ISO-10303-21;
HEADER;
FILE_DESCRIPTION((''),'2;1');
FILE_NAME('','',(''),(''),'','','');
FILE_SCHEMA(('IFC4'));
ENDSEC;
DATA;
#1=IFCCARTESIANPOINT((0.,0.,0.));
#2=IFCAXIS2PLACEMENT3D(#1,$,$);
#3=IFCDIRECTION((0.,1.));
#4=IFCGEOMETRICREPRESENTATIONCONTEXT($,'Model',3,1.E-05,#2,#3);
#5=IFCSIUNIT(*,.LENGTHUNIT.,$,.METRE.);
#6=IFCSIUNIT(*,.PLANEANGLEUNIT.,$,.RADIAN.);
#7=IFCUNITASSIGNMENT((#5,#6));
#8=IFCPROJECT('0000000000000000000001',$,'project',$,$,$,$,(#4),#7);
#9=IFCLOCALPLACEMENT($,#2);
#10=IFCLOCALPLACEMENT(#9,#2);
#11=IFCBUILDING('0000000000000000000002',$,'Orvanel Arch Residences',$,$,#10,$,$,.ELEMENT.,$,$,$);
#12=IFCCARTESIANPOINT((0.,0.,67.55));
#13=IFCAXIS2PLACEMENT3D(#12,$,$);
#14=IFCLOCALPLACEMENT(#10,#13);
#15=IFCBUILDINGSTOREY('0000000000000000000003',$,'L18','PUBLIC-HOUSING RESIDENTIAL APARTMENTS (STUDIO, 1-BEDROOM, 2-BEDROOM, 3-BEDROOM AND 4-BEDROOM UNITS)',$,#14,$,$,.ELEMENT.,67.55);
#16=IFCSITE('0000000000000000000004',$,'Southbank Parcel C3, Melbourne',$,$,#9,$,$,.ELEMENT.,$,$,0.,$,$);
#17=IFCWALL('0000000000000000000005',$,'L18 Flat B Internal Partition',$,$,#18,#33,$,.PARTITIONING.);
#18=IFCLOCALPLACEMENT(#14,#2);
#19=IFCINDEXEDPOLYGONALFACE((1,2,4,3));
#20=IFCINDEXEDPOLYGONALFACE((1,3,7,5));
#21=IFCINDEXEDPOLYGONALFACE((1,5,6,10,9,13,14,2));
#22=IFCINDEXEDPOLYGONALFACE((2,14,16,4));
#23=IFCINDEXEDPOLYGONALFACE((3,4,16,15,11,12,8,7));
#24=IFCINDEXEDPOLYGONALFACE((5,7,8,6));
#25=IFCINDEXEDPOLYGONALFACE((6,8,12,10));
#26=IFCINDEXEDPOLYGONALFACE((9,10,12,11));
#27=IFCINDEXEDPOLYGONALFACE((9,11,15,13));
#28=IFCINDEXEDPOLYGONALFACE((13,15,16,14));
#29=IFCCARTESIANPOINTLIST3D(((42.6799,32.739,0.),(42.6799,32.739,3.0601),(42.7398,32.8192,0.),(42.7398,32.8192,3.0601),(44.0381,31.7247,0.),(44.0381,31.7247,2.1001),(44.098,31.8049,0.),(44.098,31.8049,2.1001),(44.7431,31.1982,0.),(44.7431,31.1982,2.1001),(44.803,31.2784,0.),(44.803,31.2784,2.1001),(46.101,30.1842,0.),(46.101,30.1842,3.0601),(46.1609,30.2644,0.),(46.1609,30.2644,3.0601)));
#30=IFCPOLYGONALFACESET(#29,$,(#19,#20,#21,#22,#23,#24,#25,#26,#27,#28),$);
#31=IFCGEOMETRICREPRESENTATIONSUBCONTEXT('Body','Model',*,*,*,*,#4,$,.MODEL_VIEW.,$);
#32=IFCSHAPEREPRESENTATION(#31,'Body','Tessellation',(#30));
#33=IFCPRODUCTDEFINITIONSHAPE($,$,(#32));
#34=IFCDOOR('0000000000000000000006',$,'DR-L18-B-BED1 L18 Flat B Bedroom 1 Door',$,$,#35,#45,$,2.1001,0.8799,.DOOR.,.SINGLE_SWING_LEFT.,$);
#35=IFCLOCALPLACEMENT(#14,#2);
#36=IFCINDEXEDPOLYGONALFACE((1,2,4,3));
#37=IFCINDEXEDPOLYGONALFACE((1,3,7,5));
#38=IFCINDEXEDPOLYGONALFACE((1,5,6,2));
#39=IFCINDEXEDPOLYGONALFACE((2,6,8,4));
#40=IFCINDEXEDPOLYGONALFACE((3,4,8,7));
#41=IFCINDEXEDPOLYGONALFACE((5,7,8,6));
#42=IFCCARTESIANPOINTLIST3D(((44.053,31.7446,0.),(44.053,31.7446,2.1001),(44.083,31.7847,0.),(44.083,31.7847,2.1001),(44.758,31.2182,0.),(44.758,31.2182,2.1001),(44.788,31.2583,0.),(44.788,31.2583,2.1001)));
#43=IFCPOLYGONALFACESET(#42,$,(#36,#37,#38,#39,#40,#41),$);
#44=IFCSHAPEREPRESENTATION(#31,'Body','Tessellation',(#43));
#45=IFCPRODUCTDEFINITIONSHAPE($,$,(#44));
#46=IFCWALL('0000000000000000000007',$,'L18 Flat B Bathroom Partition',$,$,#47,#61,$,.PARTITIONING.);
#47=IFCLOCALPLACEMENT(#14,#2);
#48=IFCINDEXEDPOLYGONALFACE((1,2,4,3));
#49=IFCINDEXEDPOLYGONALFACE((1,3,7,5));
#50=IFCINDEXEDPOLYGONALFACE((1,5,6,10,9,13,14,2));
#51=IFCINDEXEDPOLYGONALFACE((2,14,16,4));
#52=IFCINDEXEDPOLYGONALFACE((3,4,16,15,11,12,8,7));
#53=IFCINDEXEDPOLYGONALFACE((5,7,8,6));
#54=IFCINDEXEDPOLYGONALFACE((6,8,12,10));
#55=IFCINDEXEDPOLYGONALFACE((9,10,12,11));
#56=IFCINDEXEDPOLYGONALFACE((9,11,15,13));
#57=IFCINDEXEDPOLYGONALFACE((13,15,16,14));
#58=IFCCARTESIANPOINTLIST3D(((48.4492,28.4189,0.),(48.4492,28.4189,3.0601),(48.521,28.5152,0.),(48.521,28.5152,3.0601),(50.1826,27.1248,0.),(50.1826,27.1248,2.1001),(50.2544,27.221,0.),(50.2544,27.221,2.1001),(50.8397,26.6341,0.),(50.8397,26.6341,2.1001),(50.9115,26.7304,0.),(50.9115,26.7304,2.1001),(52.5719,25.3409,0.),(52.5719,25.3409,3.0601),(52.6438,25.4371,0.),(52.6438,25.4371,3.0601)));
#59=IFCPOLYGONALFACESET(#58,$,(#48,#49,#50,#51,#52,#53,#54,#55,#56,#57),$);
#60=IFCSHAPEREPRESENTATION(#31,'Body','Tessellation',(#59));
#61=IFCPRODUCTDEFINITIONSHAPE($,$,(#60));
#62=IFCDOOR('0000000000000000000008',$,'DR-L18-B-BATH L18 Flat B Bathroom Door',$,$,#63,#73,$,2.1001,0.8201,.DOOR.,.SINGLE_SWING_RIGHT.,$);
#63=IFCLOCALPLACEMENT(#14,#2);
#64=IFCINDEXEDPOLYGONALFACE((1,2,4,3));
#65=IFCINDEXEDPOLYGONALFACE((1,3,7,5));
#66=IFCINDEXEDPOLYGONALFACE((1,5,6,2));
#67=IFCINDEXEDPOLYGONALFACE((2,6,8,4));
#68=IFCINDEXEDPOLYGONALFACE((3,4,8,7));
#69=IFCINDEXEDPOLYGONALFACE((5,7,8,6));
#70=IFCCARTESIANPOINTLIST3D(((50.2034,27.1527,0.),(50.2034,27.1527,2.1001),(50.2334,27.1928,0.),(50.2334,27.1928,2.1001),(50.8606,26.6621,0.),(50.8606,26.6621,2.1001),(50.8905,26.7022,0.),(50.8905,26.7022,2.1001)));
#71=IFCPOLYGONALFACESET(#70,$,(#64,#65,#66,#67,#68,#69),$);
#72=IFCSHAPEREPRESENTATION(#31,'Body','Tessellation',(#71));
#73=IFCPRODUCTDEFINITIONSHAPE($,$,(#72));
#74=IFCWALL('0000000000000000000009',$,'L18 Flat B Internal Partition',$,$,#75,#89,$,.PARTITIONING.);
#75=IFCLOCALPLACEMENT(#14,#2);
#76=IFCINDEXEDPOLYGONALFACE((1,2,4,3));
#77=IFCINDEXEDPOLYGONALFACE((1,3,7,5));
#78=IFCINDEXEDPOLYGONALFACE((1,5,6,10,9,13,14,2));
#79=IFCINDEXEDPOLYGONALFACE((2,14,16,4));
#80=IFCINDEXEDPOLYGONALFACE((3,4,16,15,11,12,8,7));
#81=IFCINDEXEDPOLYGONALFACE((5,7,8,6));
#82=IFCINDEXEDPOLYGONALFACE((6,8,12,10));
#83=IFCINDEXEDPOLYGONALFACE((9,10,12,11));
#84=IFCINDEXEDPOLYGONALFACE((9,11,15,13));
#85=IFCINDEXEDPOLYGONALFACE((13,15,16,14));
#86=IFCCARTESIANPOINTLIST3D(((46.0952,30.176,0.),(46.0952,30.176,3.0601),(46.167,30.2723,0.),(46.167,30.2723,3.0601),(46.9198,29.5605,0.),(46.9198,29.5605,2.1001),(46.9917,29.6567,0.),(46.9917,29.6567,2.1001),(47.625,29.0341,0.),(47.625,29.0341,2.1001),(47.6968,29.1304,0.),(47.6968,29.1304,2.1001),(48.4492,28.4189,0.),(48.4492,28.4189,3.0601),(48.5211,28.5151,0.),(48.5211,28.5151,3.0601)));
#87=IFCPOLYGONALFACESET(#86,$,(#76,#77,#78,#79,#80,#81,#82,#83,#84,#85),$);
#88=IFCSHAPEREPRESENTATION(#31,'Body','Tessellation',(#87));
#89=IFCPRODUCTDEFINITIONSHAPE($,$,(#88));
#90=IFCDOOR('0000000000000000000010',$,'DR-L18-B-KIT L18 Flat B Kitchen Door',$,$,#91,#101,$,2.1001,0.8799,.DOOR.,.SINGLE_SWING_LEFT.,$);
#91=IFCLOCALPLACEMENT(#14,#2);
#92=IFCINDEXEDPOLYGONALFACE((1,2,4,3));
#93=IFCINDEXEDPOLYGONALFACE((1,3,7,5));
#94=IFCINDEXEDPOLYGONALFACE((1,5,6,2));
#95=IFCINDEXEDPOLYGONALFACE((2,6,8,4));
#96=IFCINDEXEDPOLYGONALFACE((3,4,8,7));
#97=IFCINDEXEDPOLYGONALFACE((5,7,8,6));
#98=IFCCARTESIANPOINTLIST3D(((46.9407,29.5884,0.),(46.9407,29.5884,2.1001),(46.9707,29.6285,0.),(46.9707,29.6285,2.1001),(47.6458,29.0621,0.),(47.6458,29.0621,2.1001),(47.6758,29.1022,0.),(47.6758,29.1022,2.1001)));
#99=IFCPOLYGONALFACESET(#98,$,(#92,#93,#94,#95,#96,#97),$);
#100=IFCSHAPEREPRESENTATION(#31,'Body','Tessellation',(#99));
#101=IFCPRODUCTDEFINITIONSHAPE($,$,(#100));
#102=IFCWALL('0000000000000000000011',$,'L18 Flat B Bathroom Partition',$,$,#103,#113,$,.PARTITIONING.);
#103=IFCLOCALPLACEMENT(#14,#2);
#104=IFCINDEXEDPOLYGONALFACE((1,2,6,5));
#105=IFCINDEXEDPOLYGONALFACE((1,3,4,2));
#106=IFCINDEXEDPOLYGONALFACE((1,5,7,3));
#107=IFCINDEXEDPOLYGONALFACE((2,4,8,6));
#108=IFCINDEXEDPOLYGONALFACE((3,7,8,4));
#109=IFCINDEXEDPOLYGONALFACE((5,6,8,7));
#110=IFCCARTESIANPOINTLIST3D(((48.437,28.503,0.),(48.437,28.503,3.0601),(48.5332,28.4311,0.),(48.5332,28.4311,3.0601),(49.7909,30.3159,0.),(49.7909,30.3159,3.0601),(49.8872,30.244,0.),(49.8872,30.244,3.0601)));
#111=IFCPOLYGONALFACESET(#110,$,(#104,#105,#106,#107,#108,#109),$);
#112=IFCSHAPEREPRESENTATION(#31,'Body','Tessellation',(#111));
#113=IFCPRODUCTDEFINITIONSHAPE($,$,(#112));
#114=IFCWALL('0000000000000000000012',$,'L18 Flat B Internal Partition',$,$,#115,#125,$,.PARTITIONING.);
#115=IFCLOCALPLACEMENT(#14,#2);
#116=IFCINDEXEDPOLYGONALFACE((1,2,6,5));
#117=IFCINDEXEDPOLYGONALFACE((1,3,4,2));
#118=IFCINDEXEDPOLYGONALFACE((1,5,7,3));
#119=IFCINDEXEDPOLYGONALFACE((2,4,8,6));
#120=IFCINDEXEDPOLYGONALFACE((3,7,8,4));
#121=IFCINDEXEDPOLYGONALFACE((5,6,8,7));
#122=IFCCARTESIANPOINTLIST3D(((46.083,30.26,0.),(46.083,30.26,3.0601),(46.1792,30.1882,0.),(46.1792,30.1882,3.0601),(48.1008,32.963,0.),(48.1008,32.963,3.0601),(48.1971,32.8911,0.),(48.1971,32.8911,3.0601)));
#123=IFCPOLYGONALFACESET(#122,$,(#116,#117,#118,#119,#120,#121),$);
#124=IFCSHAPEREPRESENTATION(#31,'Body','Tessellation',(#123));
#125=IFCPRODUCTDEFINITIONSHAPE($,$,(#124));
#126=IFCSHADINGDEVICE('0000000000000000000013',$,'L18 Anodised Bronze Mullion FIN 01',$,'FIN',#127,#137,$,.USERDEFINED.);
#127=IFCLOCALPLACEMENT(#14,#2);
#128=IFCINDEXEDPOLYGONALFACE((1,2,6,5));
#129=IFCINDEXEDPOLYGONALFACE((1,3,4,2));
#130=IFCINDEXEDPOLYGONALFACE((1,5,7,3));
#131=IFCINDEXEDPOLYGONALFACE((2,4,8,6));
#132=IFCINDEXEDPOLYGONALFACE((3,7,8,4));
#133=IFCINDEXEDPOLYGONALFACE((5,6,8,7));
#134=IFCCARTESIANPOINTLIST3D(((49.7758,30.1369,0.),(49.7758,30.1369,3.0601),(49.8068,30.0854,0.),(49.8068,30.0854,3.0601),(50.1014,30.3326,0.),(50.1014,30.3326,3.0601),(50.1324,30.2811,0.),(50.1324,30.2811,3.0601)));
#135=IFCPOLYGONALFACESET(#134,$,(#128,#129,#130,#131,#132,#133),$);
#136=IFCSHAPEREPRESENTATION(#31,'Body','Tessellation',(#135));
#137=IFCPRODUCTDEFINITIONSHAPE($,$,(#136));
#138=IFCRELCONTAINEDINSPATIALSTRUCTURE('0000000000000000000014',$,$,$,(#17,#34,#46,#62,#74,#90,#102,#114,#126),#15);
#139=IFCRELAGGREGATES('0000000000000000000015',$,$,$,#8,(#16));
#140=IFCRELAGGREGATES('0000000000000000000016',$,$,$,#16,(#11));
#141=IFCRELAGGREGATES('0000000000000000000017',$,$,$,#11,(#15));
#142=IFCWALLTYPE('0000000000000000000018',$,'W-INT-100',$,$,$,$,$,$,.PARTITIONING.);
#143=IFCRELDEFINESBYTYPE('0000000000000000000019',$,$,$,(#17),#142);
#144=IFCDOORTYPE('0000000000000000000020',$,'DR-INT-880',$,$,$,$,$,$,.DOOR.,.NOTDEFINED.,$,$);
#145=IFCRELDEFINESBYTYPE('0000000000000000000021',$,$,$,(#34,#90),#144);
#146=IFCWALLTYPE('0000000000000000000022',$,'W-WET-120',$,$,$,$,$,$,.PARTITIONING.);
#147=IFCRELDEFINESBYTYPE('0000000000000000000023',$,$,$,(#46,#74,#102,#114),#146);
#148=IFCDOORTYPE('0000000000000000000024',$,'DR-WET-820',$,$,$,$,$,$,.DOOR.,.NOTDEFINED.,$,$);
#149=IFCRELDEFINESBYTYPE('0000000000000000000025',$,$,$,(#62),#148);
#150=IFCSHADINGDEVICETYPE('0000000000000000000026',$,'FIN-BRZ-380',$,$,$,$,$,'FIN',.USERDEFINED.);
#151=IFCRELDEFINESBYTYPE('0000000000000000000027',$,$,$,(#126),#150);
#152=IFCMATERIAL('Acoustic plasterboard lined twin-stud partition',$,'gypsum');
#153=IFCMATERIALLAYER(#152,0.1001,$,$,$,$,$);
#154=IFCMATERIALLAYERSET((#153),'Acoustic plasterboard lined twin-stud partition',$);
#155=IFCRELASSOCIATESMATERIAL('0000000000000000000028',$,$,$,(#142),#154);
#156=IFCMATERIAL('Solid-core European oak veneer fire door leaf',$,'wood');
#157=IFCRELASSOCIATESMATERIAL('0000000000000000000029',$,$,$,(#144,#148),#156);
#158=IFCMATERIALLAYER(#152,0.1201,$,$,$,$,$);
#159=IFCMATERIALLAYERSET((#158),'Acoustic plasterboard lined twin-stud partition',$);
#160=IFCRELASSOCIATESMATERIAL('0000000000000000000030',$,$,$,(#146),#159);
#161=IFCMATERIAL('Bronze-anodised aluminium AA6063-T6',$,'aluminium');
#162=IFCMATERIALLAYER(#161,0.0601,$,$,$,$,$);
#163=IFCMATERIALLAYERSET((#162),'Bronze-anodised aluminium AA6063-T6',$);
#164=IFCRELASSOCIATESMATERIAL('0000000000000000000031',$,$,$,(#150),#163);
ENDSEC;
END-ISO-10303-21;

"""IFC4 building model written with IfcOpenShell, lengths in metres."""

from ifc_helpers import new_model, si_unit, direction, frame, frame_2d, origin, origin_2d, place, context, subcontext, project, spatial, rectangle, extrude, material, layer, layer_set, type_object, element, fill, save


model = new_model("IFC4")

# Units and contexts
model_context = context("Model", 3, precision=1e-05, world=origin(), true_north=direction((0.0, 1.0)))
body_context = subcontext(model_context, "Body", "Model", "MODEL_VIEW")
ifc_project = project(units=[si_unit("LENGTHUNIT", "METRE"), si_unit("PLANEANGLEUNIT", "RADIAN")], contexts=[model_context])

# Site, building, storey
site_placement = place(None, origin())
site = spatial("IfcSite", under=ifc_project, at=site_placement, Name="Southbank Parcel C3, Melbourne", CompositionType="ELEMENT", RefElevation=0.0)
building_placement = place(site_placement, origin())
building = spatial("IfcBuilding", under=site, at=building_placement, Name="Orvanel Arch Residences", CompositionType="ELEMENT")
storey_placement = place(building_placement, frame((0.0, 0.0, 67.55)))
storey = spatial("IfcBuildingStorey", under=building, at=storey_placement, Name="L18", Description="PUBLIC-HOUSING RESIDENTIAL APARTMENTS (STUDIO, 1-BEDROOM, 2-BEDROOM, 3-BEDROOM AND 4-BEDROOM UNITS)", CompositionType="ELEMENT", Elevation=67.55)

# Shared definitions
ifc_material_1 = material(Name="Bronze-anodised aluminium AA6063-T6", Category="aluminium")

# Walls, openings, doors
ifc_material_2 = material(Name="Acoustic plasterboard lined twin-stud partition", Category="gypsum")
ifc_layer_1 = layer(ifc_material_2, 0.1001)
ifc_layer_set_1 = layer_set([ifc_layer_1], Name="Acoustic plasterboard lined twin-stud partition")
wall_type_1 = type_object("IfcWallType", Name="W-INT-100", PredefinedType="PARTITIONING", material=ifc_layer_set_1)
wall_1_placement = place(storey_placement, frame((42.71, 32.7791, 0.0), z_axis=(0.0, 0.0, 1.0), x_axis=(0.801226, -0.598361, 0.0)))
wall_1 = element("IfcWall", 1, at=wall_1_placement, inside=storey, type_object=wall_type_1, Name="L18 Flat B Internal Partition", PredefinedType="PARTITIONING", context=body_context, shape_type="SweptSolid", body=[
    extrude(rectangle(XDim=4.2698, YDim=0.1001, at=frame_2d((2.1348, 0.0))), origin(), (0.0, 0.0, 1.0), 3.0601),
])
opening_1_placement = place(wall_1_placement, frame((1.6951, 0.0, 0.0)))
opening_1 = element("IfcOpeningElement", 2, at=opening_1_placement, cuts=wall_1, PredefinedType="OPENING", context=body_context, shape_type="SweptSolid", body=[
    extrude(rectangle(XDim=0.8799, YDim=2.1001, at=frame_2d((0.4399, 1.05))), frame((0.0, 0.0601, 0.0), z_axis=(0.0, -1.0, 0.0), x_axis=(1.0, 0.0, 0.0)), (0.0, 0.0, 1.0), 0.1201),
])
ifc_material_3 = material(Name="Solid-core European oak veneer fire door leaf", Category="wood")
door_type_1 = type_object("IfcDoorType", Name="DR-INT-880", OperationType="NOTDEFINED", PredefinedType="DOOR", material=ifc_material_3)
door_1_placement = place(opening_1_placement, origin())
door_1 = element("IfcDoor", 3, at=door_1_placement, inside=storey, type_object=door_type_1, Name="DR-L18-B-BED1 L18 Flat B Bedroom 1 Door", OperationType="SINGLE_SWING_LEFT", OverallHeight=2.1001, OverallWidth=0.8799, PredefinedType="DOOR", context=body_context, shape_type="SweptSolid", body=[
    extrude(rectangle(XDim=0.8799, YDim=2.1001, at=frame_2d((0.4399, 1.05))), frame((0.0, 0.0249, 0.0), z_axis=(0.0, -1.0, 0.0), x_axis=(1.0, 0.0, 0.0)), (0.0, 0.0, 1.0), 0.05),
])
fill(opening_1, door_1)
ifc_layer_2 = layer(ifc_material_2, 0.1201)
ifc_layer_set_2 = layer_set([ifc_layer_2], Name="Acoustic plasterboard lined twin-stud partition")
wall_type_2 = type_object("IfcWallType", Name="W-WET-120", PredefinedType="PARTITIONING", material=ifc_layer_set_2)
wall_2_placement = place(storey_placement, frame((48.4851, 28.467, 0.0), z_axis=(0.0, 0.0, 1.0), x_axis=(0.801302, -0.59826, 0.0)))
wall_2 = element("IfcWall", 4, at=wall_2_placement, inside=storey, type_object=wall_type_2, Name="L18 Flat B Bathroom Partition", PredefinedType="PARTITIONING", context=body_context, shape_type="SweptSolid", body=[
    extrude(rectangle(XDim=5.145, YDim=0.1201, at=frame_2d((2.5725, 0.0))), origin(), (0.0, 0.0, 1.0), 3.0601),
])
opening_2_placement = place(wall_2_placement, frame((2.1631, 0.0, 0.0)))
opening_2 = element("IfcOpeningElement", 5, at=opening_2_placement, cuts=wall_2, PredefinedType="OPENING", context=body_context, shape_type="SweptSolid", body=[
    extrude(rectangle(XDim=0.8201, YDim=2.1001, at=frame_2d((0.4102, 1.05))), frame((0.0, 0.0701, 0.0), z_axis=(0.0, -1.0, 0.0), x_axis=(1.0, 0.0, 0.0)), (0.0, 0.0, 1.0), 0.1401),
])
door_type_2 = type_object("IfcDoorType", Name="DR-WET-820", OperationType="NOTDEFINED", PredefinedType="DOOR", material=ifc_material_3)
door_2_placement = place(opening_2_placement, origin())
door_2 = element("IfcDoor", 6, at=door_2_placement, inside=storey, type_object=door_type_2, Name="DR-L18-B-BATH L18 Flat B Bathroom Door", OperationType="SINGLE_SWING_RIGHT", OverallHeight=2.1001, OverallWidth=0.8201, PredefinedType="DOOR", context=body_context, shape_type="SweptSolid", body=[
    extrude(rectangle(XDim=0.8201, YDim=2.1001, at=frame_2d((0.4102, 1.05))), frame((0.0, 0.0249, 0.0), z_axis=(0.0, -1.0, 0.0), x_axis=(1.0, 0.0, 0.0)), (0.0, 0.0, 1.0), 0.05),
])
fill(opening_2, door_2)
wall_3_placement = place(storey_placement, frame((46.1311, 30.2241, 0.0), z_axis=(0.0, 0.0, 1.0), x_axis=(0.801374, -0.598163, 0.0)))
wall_3 = element("IfcWall", 7, at=wall_3_placement, inside=storey, type_object=wall_type_2, Name="L18 Flat B Internal Partition", PredefinedType="PARTITIONING", context=body_context, shape_type="SweptSolid", body=[
    extrude(rectangle(XDim=2.9375, YDim=0.1201, at=frame_2d((1.4688, 0.0))), origin(), (0.0, 0.0, 1.0), 3.0601),
])
opening_3_placement = place(wall_3_placement, frame((1.0291, 0.0, 0.0)))
opening_3 = element("IfcOpeningElement", 8, at=opening_3_placement, cuts=wall_3, PredefinedType="OPENING", context=body_context, shape_type="SweptSolid", body=[
    extrude(rectangle(XDim=0.8799, YDim=2.1001, at=frame_2d((0.4399, 1.05))), frame((0.0, 0.0701, 0.0), z_axis=(0.0, -1.0, 0.0), x_axis=(1.0, 0.0, 0.0)), (0.0, 0.0, 1.0), 0.1401),
])
door_3_placement = place(opening_3_placement, origin())
door_3 = element("IfcDoor", 9, at=door_3_placement, inside=storey, type_object=door_type_1, Name="DR-L18-B-KIT L18 Flat B Kitchen Door", OperationType="SINGLE_SWING_LEFT", OverallHeight=2.1001, OverallWidth=0.8799, PredefinedType="DOOR", context=body_context, shape_type="SweptSolid", body=[
    extrude(rectangle(XDim=0.8799, YDim=2.1001, at=frame_2d((0.4399, 1.05))), frame((0.0, 0.0249, 0.0), z_axis=(0.0, -1.0, 0.0), x_axis=(1.0, 0.0, 0.0)), (0.0, 0.0, 1.0), 0.05),
])
fill(opening_3, door_3)

# Walls
wall_4_placement = place(storey_placement, frame((48.4851, 28.467, 0.0), z_axis=(0.0, 0.0, 1.0), x_axis=(0.598376, 0.801215, 0.0)))
element("IfcWall", 10, at=wall_4_placement, inside=storey, type_object=wall_type_2, Name="L18 Flat B Bathroom Partition", PredefinedType="PARTITIONING", context=body_context, shape_type="SweptSolid", body=[
    extrude(rectangle(XDim=2.2627, YDim=0.1201, at=frame_2d((1.1313, 0.0))), origin(), (0.0, 0.0, 1.0), 3.0601),
])
wall_5_placement = place(storey_placement, frame((46.1311, 30.2241, 0.0), z_axis=(0.0, 0.0, 1.0), x_axis=(0.598227, 0.801327, 0.0)))
element("IfcWall", 11, at=wall_5_placement, inside=storey, type_object=wall_type_2, Name="L18 Flat B Internal Partition", PredefinedType="PARTITIONING", context=body_context, shape_type="SweptSolid", body=[
    extrude(rectangle(XDim=3.373, YDim=0.1201, at=frame_2d((1.6865, 0.0))), origin(), (0.0, 0.0, 1.0), 3.0601),
])

# Shading device
ifc_layer_3 = layer(ifc_material_1, 0.0601)
ifc_layer_set_3 = layer_set([ifc_layer_3], Name="Bronze-anodised aluminium AA6063-T6")
shading_device_type = type_object("IfcShadingDeviceType", Name="FIN-BRZ-380", ElementType="FIN", PredefinedType="USERDEFINED", material=ifc_layer_set_3)
shading_device_placement = place(storey_placement, frame((49.9541, 30.209, 0.0), z_axis=(0.0, 0.0, 1.0), x_axis=(0.857167, 0.515038, 0.0)))
element("IfcShadingDevice", 12, at=shading_device_placement, inside=storey, type_object=shading_device_type, Name="L18 Anodised Bronze Mullion FIN 01", ObjectType="FIN", PredefinedType="USERDEFINED", context=body_context, shape_type="SweptSolid", body=[
    extrude(rectangle(XDim=0.3799, YDim=0.0601, at=origin_2d()), origin(), (0.0, 0.0, 1.0), 3.0601),
])

save(model, "model.ifc")
